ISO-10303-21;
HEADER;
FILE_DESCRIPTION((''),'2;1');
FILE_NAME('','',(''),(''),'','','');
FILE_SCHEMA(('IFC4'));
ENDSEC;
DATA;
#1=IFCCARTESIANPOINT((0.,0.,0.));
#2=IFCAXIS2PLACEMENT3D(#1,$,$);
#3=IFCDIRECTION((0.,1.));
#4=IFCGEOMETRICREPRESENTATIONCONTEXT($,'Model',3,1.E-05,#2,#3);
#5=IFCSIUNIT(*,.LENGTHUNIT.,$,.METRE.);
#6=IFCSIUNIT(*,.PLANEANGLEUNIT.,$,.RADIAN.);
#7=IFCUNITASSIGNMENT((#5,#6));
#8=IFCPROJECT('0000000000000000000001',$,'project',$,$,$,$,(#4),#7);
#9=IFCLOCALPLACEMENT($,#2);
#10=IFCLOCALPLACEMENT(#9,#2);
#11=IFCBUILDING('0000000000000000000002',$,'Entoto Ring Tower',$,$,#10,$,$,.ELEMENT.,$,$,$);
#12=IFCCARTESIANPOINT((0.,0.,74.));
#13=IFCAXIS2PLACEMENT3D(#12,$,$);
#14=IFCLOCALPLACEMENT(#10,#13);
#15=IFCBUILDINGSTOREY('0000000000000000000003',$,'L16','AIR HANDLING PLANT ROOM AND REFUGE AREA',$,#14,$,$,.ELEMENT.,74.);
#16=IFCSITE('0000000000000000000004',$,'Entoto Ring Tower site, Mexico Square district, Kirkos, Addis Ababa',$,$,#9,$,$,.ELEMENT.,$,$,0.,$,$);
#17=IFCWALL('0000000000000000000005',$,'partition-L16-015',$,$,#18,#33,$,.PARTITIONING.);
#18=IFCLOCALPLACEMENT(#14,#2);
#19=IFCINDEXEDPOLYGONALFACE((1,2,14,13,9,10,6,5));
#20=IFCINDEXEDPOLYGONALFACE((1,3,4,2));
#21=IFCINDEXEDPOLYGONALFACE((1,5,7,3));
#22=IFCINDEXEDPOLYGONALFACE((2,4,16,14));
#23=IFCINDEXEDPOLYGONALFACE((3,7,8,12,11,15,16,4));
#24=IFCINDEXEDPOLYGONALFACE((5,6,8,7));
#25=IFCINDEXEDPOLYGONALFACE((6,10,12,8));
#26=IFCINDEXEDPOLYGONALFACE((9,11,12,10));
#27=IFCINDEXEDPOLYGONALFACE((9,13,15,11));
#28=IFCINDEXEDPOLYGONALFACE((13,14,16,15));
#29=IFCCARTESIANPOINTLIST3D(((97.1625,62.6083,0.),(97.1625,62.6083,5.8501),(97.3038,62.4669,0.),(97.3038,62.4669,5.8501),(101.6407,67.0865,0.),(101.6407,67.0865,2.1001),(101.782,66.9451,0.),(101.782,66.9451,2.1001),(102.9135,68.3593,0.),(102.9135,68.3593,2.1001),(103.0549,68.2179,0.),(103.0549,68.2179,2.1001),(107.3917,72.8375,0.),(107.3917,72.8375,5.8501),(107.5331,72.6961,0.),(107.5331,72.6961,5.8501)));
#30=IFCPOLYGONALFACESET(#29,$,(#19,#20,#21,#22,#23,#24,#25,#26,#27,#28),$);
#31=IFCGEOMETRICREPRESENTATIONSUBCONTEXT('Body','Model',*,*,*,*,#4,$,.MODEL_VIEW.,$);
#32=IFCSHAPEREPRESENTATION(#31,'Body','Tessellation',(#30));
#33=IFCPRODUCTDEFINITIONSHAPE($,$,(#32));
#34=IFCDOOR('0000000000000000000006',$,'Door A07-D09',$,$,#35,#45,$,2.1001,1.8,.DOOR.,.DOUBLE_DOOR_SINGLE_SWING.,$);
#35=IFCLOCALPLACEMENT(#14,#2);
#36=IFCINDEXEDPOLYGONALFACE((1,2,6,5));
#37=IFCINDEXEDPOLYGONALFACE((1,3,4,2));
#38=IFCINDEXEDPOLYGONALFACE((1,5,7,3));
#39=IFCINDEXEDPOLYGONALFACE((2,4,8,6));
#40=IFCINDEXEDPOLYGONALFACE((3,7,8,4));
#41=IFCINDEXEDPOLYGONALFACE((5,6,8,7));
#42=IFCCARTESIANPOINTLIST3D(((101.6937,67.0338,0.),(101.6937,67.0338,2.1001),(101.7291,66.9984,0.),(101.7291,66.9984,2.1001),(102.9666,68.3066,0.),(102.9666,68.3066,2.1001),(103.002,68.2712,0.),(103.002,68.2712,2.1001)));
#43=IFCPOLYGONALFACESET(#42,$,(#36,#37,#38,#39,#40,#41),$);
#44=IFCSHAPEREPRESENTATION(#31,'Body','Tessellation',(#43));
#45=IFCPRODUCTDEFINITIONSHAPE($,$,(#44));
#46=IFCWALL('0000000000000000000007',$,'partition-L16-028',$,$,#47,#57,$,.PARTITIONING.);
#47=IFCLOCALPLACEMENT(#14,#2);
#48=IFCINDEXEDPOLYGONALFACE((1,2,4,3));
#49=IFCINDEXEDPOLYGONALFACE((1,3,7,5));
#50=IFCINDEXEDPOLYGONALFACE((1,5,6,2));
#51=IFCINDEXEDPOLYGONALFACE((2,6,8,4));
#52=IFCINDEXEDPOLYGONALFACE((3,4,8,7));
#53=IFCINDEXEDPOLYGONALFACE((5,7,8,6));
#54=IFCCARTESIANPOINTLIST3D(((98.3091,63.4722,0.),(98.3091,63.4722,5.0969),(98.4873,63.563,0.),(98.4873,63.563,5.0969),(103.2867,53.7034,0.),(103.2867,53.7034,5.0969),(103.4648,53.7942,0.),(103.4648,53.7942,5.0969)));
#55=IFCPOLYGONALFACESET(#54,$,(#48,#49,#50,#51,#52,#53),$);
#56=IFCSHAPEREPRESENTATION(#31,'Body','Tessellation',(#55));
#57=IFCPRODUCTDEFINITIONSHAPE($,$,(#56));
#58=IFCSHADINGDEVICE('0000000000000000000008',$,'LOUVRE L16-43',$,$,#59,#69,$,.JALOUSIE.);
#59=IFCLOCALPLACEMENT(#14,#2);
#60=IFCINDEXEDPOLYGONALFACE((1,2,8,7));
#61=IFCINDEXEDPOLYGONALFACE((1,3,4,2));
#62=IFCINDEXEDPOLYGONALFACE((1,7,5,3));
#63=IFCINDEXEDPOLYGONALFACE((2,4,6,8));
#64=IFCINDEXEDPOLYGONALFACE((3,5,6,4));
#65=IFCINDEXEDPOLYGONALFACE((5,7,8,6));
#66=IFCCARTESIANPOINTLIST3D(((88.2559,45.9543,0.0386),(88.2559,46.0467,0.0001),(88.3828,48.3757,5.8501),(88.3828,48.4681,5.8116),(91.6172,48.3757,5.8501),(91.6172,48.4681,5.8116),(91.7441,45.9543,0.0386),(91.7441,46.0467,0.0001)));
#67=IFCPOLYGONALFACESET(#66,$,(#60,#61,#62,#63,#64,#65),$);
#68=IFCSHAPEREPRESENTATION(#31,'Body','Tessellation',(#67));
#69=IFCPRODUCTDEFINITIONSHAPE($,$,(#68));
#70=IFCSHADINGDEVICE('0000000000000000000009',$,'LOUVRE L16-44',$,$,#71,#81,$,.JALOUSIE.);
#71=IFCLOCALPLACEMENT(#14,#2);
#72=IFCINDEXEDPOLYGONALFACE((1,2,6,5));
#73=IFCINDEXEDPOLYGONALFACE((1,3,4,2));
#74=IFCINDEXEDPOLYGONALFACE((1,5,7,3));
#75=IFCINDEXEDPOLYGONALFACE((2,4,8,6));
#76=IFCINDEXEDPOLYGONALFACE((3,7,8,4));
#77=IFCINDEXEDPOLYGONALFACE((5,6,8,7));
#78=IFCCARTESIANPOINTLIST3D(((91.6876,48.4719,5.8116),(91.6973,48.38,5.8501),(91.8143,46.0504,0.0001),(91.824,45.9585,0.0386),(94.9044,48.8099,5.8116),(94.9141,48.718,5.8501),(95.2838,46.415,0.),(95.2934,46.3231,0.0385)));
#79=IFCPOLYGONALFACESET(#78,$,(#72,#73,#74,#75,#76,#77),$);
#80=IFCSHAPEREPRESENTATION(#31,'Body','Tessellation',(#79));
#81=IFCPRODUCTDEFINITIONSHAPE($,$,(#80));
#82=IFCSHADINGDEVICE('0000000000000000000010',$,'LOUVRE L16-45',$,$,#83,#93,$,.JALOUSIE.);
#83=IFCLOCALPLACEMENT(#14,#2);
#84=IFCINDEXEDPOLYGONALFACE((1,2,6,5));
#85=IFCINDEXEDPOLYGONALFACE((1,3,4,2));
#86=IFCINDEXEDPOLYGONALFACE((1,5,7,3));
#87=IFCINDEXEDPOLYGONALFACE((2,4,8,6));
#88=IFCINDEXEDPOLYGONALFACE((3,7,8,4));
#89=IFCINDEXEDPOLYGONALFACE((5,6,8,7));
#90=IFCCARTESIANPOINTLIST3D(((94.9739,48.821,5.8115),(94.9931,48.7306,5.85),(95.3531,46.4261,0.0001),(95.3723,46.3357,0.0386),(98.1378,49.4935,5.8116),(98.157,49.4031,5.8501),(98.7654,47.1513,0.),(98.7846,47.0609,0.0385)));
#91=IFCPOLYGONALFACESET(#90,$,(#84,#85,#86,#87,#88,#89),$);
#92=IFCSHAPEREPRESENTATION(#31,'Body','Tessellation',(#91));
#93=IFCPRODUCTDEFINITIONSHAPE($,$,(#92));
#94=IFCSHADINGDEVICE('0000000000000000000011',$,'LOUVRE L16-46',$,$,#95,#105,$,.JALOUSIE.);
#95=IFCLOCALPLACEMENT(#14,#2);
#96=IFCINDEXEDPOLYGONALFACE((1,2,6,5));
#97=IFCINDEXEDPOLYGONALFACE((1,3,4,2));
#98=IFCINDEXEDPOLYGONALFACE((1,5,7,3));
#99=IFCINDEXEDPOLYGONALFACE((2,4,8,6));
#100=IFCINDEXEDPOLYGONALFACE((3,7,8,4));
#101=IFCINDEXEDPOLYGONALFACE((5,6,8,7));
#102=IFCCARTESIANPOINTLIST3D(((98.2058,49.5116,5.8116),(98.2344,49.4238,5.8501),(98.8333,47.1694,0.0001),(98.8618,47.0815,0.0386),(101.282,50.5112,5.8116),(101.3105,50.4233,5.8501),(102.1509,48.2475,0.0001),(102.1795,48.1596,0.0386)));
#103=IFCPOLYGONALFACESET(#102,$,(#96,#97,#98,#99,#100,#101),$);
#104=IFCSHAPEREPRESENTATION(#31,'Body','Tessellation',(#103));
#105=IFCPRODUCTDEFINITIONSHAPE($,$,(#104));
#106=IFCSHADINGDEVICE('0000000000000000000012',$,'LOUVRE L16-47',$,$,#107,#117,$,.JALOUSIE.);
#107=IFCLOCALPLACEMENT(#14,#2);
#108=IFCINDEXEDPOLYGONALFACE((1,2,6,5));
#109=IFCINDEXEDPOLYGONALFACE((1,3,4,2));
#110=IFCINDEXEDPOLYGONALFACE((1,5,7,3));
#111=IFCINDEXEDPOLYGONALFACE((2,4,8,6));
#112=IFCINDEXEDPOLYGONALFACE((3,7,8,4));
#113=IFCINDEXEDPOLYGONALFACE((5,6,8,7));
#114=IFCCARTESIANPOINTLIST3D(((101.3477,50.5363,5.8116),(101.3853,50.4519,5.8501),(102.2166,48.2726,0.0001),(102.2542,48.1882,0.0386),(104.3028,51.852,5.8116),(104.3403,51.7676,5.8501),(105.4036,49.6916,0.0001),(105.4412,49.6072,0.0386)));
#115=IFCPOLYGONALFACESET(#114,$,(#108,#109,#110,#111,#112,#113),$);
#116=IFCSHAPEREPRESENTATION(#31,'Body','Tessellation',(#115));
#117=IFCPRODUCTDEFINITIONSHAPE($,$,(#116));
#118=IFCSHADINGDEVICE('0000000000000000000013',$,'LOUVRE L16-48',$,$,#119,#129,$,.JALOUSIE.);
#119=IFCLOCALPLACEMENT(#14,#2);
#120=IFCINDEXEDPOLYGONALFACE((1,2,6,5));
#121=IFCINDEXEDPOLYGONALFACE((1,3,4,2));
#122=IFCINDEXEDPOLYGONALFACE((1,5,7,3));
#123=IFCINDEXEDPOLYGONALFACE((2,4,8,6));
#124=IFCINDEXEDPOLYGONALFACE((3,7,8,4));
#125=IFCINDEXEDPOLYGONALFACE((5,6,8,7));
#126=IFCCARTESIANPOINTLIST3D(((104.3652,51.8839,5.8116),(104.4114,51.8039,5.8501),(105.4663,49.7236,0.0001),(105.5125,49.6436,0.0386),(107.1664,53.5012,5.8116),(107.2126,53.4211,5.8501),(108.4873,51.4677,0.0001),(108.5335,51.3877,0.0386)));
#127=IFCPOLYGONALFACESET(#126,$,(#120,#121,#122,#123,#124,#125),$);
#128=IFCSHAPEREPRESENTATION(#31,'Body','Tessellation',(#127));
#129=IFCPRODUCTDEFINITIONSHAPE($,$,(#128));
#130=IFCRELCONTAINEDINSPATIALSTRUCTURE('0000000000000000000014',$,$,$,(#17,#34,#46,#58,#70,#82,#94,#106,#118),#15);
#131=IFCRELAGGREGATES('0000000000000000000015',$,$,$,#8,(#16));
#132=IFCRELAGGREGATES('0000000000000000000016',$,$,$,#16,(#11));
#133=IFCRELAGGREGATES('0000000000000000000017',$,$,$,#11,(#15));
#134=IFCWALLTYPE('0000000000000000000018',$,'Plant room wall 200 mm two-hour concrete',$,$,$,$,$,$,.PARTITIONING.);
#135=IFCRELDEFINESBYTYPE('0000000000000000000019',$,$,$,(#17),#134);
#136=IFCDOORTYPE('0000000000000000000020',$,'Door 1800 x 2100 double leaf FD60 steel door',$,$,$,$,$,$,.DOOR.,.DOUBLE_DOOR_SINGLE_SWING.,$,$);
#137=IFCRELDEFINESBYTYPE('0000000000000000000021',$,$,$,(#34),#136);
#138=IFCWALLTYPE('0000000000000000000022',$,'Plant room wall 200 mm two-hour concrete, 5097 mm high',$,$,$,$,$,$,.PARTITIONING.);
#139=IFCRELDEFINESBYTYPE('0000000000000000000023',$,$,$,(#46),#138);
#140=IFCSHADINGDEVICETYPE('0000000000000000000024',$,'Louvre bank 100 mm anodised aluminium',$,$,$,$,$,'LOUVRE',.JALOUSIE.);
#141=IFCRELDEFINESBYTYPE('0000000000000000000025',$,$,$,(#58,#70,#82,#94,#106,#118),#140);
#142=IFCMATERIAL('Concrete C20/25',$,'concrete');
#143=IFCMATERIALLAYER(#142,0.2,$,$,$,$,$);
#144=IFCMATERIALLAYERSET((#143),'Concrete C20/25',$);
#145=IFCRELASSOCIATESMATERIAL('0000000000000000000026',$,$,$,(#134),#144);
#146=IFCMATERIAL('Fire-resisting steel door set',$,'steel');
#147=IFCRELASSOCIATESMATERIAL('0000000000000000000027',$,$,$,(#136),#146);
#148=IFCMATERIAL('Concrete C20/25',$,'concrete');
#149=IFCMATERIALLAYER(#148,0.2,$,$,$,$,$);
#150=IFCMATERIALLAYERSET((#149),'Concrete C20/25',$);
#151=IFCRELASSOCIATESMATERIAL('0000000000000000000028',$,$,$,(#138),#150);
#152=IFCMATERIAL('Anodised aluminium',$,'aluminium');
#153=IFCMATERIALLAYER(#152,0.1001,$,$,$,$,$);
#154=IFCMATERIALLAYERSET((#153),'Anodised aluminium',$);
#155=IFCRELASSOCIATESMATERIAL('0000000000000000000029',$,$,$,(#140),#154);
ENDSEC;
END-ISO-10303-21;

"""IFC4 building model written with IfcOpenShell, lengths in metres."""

from ifc_helpers import new_model, si_unit, direction, frame, frame_2d, origin, place, context, subcontext, project, spatial, polyline, rectangle, outline, extrude, material, layer, layer_set, type_object, element, fill, save


model = new_model("IFC4")

# Units and contexts
model_context = context("Model", 3, precision=1e-05, world=origin(), true_north=direction((0.0, 1.0)))
body_context = subcontext(model_context, "Body", "Model", "MODEL_VIEW")
ifc_project = project(units=[si_unit("LENGTHUNIT", "METRE"), si_unit("PLANEANGLEUNIT", "RADIAN")], contexts=[model_context])

# Site, building, storey
site_placement = place(None, origin())
site = spatial("IfcSite", under=ifc_project, at=site_placement, Name="Entoto Ring Tower site, Mexico Square district, Kirkos, Addis Ababa", CompositionType="ELEMENT", RefElevation=0.0)
building_placement = place(site_placement, origin())
building = spatial("IfcBuilding", under=site, at=building_placement, Name="Entoto Ring Tower", CompositionType="ELEMENT")
storey_placement = place(building_placement, frame((0.0, 0.0, 74.0)))
storey = spatial("IfcBuildingStorey", under=building, at=storey_placement, Name="L16", Description="AIR HANDLING PLANT ROOM AND REFUGE AREA", CompositionType="ELEMENT", Elevation=74.0)

# Shared definitions
ifc_material_1 = material(Name="Concrete C20/25", Category="concrete")
ifc_layer_1 = layer(ifc_material_1, 0.2)
ifc_layer_set_1 = layer_set([ifc_layer_1], Name="Concrete C20/25")
wall_type_1 = type_object("IfcWallType", Name="Plant room wall 200 mm two-hour concrete", PredefinedType="PARTITIONING", material=ifc_layer_set_1)

# Wall, opening, door
wall_1_placement = place(storey_placement, frame((97.2332, 62.5376, 0.0), z_axis=(0.0, 0.0, 1.0), x_axis=(0.707107, 0.707107, 0.0)))
wall_1 = element("IfcWall", 1, at=wall_1_placement, inside=storey, type_object=wall_type_1, Name="partition-L16-015", PredefinedType="PARTITIONING", context=body_context, shape_type="SweptSolid", body=[
    extrude(rectangle(XDim=14.4663, YDim=0.2, at=frame_2d((7.2332, 0.0))), origin(), (0.0, 0.0, 1.0), 5.8501),
])
opening_placement = place(wall_1_placement, frame((6.3333, 0.0, 0.0)))
opening = element("IfcOpeningElement", 2, at=opening_placement, cuts=wall_1, PredefinedType="OPENING", context=body_context, shape_type="SweptSolid", body=[
    extrude(rectangle(XDim=1.8, YDim=2.1001, at=frame_2d((0.8999, 1.05))), frame((0.0, 0.1099, 0.0), z_axis=(0.0, -1.0, 0.0), x_axis=(1.0, 0.0, 0.0)), (0.0, 0.0, 1.0), 0.22),
])
ifc_material_2 = material(Name="Fire-resisting steel door set", Category="steel")
door_type = type_object("IfcDoorType", Name="Door 1800 x 2100 double leaf FD60 steel door", OperationType="DOUBLE_DOOR_SINGLE_SWING", PredefinedType="DOOR", material=ifc_material_2)
door_placement = place(opening_placement, frame((1.8, 0.0, 0.0), z_axis=(0.0, 0.0, 1.0), x_axis=(-1.0, 0.0, 0.0)))
door = element("IfcDoor", 3, at=door_placement, inside=storey, type_object=door_type, Name="Door A07-D09", OperationType="DOUBLE_DOOR_SINGLE_SWING", OverallHeight=2.1001, OverallWidth=1.8, PredefinedType="DOOR", context=body_context, shape_type="SweptSolid", body=[
    extrude(rectangle(XDim=1.8, YDim=2.1001, at=frame_2d((0.8999, 1.05))), frame((0.0, 0.0249, 0.0), z_axis=(0.0, -1.0, 0.0), x_axis=(1.0, 0.0, 0.0)), (0.0, 0.0, 1.0), 0.05),
])
fill(opening, door)

# Wall
ifc_material_3 = material(Name="Concrete C20/25", Category="concrete")
ifc_layer_2 = layer(ifc_material_3, 0.2)
ifc_layer_set_2 = layer_set([ifc_layer_2], Name="Concrete C20/25")
wall_type_2 = type_object("IfcWallType", Name="Plant room wall 200 mm two-hour concrete, 5097 mm high", PredefinedType="PARTITIONING", material=ifc_layer_set_2)
wall_2_placement = place(storey_placement, frame((103.3757, 53.7488, 0.0), z_axis=(0.0, 0.0, 1.0), x_axis=(-0.453997, 0.891003, 0.0)))
element("IfcWall", 4, at=wall_2_placement, inside=storey, type_object=wall_type_2, Name="partition-L16-028", PredefinedType="PARTITIONING", context=body_context, shape_type="SweptSolid", body=[
    extrude(rectangle(XDim=10.9639, YDim=0.2, at=frame_2d((5.4819, 0.0))), origin(), (0.0, 0.0, 1.0), 5.0969),
])

# Shading devices
ifc_material_4 = material(Name="Anodised aluminium", Category="aluminium")
ifc_layer_3 = layer(ifc_material_4, 0.1001)
ifc_layer_set_3 = layer_set([ifc_layer_3], Name="Anodised aluminium")
shading_device_type = type_object("IfcShadingDeviceType", Name="Louvre bank 100 mm anodised aluminium", ElementType="LOUVRE", PredefinedType="JALOUSIE", material=ifc_layer_set_3)
shading_device_1_placement = place(storey_placement, frame((88.2559, 45.9543, 0.0386), z_axis=(0.0, -0.923082, 0.384604), x_axis=(1.0, 0.0, 0.0)))
element("IfcShadingDevice", 5, at=shading_device_1_placement, inside=storey, type_object=shading_device_type, Name="LOUVRE L16-43", PredefinedType="JALOUSIE", context=body_context, shape_type="SweptSolid", body=[
    extrude(outline(polyline([(0.0, 0.0), (3.4883, 0.0), (3.3613, 6.2958), (0.127, 6.2958), (0.0, 0.0)])), origin(), (0.0, 0.0, -1.0), 0.1001),
])
shading_device_2_placement = place(storey_placement, frame((91.824, 45.9585, 0.0386), z_axis=(0.096472, -0.918022, 0.384615), x_axis=(0.994524, 0.104507, -0.000009)))
element("IfcShadingDevice", 6, at=shading_device_2_placement, inside=storey, type_object=shading_device_type, Name="LOUVRE L16-44", PredefinedType="JALOUSIE", context=body_context, shape_type="SweptSolid", body=[
    extrude(outline(polyline([(0.0, 0.0), (3.4886, 0.0), (3.3615, 6.2958), (0.127, 6.2958), (0.0, 0.0)])), origin(), (0.0, 0.0, -1.0), 0.1001),
])
shading_device_3_placement = place(storey_placement, frame((95.3723, 46.3357, 0.0386), z_axis=(0.191905, -0.90291, 0.384611), x_axis=(0.978152, 0.20789, -0.000017)))
element("IfcShadingDevice", 7, at=shading_device_3_placement, inside=storey, type_object=shading_device_type, Name="LOUVRE L16-45", PredefinedType="JALOUSIE", context=body_context, shape_type="SweptSolid", body=[
    extrude(outline(polyline([(0.0, 0.0), (3.4885, 0.0), (3.3614, 6.2959), (0.1269, 6.2957), (0.0, 0.0)])), origin(), (0.0, 0.0, -1.0), 0.1001),
])
shading_device_4_placement = place(storey_placement, frame((98.8618, 47.0815, 0.0386), z_axis=(0.285267, -0.877892, 0.384614), x_axis=(0.951048, 0.309042, 0.000007)))
element("IfcShadingDevice", 8, at=shading_device_4_placement, inside=storey, type_object=shading_device_type, Name="LOUVRE L16-46", PredefinedType="JALOUSIE", context=body_context, shape_type="SweptSolid", body=[
    extrude(outline(polyline([(0.0, 0.0), (3.4884, 0.0), (3.3617, 6.2958), (0.1272, 6.2958), (0.0, 0.0)])), origin(), (0.0, 0.0, -1.0), 0.1001),
])
shading_device_5_placement = place(storey_placement, frame((102.2542, 48.1882, 0.0386), z_axis=(0.37545, -0.843278, 0.384603), x_axis=(0.913546, 0.406735, 0.0)))
element("IfcShadingDevice", 9, at=shading_device_5_placement, inside=storey, type_object=shading_device_type, Name="LOUVRE L16-47", PredefinedType="JALOUSIE", context=body_context, shape_type="SweptSolid", body=[
    extrude(outline(polyline([(0.0, 0.0), (3.4886, 0.0), (3.3617, 6.2958), (0.1269, 6.2958), (0.0, 0.0)])), origin(), (0.0, 0.0, -1.0), 0.1001),
])
shading_device_6_placement = place(storey_placement, frame((105.5125, 49.6436, 0.0386), z_axis=(0.461522, -0.799418, 0.384614), x_axis=(0.866035, 0.499984, 0.000004)))
element("IfcShadingDevice", 10, at=shading_device_6_placement, inside=storey, type_object=shading_device_type, Name="LOUVRE L16-48", PredefinedType="JALOUSIE", context=body_context, shape_type="SweptSolid", body=[
    extrude(outline(polyline([(0.0, 0.0), (3.4883, 0.0), (3.3612, 6.2958), (0.1266, 6.2958), (0.0, 0.0)])), origin(), (0.0, 0.0, -1.0), 0.1001),
])

save(model, "model.ifc")
